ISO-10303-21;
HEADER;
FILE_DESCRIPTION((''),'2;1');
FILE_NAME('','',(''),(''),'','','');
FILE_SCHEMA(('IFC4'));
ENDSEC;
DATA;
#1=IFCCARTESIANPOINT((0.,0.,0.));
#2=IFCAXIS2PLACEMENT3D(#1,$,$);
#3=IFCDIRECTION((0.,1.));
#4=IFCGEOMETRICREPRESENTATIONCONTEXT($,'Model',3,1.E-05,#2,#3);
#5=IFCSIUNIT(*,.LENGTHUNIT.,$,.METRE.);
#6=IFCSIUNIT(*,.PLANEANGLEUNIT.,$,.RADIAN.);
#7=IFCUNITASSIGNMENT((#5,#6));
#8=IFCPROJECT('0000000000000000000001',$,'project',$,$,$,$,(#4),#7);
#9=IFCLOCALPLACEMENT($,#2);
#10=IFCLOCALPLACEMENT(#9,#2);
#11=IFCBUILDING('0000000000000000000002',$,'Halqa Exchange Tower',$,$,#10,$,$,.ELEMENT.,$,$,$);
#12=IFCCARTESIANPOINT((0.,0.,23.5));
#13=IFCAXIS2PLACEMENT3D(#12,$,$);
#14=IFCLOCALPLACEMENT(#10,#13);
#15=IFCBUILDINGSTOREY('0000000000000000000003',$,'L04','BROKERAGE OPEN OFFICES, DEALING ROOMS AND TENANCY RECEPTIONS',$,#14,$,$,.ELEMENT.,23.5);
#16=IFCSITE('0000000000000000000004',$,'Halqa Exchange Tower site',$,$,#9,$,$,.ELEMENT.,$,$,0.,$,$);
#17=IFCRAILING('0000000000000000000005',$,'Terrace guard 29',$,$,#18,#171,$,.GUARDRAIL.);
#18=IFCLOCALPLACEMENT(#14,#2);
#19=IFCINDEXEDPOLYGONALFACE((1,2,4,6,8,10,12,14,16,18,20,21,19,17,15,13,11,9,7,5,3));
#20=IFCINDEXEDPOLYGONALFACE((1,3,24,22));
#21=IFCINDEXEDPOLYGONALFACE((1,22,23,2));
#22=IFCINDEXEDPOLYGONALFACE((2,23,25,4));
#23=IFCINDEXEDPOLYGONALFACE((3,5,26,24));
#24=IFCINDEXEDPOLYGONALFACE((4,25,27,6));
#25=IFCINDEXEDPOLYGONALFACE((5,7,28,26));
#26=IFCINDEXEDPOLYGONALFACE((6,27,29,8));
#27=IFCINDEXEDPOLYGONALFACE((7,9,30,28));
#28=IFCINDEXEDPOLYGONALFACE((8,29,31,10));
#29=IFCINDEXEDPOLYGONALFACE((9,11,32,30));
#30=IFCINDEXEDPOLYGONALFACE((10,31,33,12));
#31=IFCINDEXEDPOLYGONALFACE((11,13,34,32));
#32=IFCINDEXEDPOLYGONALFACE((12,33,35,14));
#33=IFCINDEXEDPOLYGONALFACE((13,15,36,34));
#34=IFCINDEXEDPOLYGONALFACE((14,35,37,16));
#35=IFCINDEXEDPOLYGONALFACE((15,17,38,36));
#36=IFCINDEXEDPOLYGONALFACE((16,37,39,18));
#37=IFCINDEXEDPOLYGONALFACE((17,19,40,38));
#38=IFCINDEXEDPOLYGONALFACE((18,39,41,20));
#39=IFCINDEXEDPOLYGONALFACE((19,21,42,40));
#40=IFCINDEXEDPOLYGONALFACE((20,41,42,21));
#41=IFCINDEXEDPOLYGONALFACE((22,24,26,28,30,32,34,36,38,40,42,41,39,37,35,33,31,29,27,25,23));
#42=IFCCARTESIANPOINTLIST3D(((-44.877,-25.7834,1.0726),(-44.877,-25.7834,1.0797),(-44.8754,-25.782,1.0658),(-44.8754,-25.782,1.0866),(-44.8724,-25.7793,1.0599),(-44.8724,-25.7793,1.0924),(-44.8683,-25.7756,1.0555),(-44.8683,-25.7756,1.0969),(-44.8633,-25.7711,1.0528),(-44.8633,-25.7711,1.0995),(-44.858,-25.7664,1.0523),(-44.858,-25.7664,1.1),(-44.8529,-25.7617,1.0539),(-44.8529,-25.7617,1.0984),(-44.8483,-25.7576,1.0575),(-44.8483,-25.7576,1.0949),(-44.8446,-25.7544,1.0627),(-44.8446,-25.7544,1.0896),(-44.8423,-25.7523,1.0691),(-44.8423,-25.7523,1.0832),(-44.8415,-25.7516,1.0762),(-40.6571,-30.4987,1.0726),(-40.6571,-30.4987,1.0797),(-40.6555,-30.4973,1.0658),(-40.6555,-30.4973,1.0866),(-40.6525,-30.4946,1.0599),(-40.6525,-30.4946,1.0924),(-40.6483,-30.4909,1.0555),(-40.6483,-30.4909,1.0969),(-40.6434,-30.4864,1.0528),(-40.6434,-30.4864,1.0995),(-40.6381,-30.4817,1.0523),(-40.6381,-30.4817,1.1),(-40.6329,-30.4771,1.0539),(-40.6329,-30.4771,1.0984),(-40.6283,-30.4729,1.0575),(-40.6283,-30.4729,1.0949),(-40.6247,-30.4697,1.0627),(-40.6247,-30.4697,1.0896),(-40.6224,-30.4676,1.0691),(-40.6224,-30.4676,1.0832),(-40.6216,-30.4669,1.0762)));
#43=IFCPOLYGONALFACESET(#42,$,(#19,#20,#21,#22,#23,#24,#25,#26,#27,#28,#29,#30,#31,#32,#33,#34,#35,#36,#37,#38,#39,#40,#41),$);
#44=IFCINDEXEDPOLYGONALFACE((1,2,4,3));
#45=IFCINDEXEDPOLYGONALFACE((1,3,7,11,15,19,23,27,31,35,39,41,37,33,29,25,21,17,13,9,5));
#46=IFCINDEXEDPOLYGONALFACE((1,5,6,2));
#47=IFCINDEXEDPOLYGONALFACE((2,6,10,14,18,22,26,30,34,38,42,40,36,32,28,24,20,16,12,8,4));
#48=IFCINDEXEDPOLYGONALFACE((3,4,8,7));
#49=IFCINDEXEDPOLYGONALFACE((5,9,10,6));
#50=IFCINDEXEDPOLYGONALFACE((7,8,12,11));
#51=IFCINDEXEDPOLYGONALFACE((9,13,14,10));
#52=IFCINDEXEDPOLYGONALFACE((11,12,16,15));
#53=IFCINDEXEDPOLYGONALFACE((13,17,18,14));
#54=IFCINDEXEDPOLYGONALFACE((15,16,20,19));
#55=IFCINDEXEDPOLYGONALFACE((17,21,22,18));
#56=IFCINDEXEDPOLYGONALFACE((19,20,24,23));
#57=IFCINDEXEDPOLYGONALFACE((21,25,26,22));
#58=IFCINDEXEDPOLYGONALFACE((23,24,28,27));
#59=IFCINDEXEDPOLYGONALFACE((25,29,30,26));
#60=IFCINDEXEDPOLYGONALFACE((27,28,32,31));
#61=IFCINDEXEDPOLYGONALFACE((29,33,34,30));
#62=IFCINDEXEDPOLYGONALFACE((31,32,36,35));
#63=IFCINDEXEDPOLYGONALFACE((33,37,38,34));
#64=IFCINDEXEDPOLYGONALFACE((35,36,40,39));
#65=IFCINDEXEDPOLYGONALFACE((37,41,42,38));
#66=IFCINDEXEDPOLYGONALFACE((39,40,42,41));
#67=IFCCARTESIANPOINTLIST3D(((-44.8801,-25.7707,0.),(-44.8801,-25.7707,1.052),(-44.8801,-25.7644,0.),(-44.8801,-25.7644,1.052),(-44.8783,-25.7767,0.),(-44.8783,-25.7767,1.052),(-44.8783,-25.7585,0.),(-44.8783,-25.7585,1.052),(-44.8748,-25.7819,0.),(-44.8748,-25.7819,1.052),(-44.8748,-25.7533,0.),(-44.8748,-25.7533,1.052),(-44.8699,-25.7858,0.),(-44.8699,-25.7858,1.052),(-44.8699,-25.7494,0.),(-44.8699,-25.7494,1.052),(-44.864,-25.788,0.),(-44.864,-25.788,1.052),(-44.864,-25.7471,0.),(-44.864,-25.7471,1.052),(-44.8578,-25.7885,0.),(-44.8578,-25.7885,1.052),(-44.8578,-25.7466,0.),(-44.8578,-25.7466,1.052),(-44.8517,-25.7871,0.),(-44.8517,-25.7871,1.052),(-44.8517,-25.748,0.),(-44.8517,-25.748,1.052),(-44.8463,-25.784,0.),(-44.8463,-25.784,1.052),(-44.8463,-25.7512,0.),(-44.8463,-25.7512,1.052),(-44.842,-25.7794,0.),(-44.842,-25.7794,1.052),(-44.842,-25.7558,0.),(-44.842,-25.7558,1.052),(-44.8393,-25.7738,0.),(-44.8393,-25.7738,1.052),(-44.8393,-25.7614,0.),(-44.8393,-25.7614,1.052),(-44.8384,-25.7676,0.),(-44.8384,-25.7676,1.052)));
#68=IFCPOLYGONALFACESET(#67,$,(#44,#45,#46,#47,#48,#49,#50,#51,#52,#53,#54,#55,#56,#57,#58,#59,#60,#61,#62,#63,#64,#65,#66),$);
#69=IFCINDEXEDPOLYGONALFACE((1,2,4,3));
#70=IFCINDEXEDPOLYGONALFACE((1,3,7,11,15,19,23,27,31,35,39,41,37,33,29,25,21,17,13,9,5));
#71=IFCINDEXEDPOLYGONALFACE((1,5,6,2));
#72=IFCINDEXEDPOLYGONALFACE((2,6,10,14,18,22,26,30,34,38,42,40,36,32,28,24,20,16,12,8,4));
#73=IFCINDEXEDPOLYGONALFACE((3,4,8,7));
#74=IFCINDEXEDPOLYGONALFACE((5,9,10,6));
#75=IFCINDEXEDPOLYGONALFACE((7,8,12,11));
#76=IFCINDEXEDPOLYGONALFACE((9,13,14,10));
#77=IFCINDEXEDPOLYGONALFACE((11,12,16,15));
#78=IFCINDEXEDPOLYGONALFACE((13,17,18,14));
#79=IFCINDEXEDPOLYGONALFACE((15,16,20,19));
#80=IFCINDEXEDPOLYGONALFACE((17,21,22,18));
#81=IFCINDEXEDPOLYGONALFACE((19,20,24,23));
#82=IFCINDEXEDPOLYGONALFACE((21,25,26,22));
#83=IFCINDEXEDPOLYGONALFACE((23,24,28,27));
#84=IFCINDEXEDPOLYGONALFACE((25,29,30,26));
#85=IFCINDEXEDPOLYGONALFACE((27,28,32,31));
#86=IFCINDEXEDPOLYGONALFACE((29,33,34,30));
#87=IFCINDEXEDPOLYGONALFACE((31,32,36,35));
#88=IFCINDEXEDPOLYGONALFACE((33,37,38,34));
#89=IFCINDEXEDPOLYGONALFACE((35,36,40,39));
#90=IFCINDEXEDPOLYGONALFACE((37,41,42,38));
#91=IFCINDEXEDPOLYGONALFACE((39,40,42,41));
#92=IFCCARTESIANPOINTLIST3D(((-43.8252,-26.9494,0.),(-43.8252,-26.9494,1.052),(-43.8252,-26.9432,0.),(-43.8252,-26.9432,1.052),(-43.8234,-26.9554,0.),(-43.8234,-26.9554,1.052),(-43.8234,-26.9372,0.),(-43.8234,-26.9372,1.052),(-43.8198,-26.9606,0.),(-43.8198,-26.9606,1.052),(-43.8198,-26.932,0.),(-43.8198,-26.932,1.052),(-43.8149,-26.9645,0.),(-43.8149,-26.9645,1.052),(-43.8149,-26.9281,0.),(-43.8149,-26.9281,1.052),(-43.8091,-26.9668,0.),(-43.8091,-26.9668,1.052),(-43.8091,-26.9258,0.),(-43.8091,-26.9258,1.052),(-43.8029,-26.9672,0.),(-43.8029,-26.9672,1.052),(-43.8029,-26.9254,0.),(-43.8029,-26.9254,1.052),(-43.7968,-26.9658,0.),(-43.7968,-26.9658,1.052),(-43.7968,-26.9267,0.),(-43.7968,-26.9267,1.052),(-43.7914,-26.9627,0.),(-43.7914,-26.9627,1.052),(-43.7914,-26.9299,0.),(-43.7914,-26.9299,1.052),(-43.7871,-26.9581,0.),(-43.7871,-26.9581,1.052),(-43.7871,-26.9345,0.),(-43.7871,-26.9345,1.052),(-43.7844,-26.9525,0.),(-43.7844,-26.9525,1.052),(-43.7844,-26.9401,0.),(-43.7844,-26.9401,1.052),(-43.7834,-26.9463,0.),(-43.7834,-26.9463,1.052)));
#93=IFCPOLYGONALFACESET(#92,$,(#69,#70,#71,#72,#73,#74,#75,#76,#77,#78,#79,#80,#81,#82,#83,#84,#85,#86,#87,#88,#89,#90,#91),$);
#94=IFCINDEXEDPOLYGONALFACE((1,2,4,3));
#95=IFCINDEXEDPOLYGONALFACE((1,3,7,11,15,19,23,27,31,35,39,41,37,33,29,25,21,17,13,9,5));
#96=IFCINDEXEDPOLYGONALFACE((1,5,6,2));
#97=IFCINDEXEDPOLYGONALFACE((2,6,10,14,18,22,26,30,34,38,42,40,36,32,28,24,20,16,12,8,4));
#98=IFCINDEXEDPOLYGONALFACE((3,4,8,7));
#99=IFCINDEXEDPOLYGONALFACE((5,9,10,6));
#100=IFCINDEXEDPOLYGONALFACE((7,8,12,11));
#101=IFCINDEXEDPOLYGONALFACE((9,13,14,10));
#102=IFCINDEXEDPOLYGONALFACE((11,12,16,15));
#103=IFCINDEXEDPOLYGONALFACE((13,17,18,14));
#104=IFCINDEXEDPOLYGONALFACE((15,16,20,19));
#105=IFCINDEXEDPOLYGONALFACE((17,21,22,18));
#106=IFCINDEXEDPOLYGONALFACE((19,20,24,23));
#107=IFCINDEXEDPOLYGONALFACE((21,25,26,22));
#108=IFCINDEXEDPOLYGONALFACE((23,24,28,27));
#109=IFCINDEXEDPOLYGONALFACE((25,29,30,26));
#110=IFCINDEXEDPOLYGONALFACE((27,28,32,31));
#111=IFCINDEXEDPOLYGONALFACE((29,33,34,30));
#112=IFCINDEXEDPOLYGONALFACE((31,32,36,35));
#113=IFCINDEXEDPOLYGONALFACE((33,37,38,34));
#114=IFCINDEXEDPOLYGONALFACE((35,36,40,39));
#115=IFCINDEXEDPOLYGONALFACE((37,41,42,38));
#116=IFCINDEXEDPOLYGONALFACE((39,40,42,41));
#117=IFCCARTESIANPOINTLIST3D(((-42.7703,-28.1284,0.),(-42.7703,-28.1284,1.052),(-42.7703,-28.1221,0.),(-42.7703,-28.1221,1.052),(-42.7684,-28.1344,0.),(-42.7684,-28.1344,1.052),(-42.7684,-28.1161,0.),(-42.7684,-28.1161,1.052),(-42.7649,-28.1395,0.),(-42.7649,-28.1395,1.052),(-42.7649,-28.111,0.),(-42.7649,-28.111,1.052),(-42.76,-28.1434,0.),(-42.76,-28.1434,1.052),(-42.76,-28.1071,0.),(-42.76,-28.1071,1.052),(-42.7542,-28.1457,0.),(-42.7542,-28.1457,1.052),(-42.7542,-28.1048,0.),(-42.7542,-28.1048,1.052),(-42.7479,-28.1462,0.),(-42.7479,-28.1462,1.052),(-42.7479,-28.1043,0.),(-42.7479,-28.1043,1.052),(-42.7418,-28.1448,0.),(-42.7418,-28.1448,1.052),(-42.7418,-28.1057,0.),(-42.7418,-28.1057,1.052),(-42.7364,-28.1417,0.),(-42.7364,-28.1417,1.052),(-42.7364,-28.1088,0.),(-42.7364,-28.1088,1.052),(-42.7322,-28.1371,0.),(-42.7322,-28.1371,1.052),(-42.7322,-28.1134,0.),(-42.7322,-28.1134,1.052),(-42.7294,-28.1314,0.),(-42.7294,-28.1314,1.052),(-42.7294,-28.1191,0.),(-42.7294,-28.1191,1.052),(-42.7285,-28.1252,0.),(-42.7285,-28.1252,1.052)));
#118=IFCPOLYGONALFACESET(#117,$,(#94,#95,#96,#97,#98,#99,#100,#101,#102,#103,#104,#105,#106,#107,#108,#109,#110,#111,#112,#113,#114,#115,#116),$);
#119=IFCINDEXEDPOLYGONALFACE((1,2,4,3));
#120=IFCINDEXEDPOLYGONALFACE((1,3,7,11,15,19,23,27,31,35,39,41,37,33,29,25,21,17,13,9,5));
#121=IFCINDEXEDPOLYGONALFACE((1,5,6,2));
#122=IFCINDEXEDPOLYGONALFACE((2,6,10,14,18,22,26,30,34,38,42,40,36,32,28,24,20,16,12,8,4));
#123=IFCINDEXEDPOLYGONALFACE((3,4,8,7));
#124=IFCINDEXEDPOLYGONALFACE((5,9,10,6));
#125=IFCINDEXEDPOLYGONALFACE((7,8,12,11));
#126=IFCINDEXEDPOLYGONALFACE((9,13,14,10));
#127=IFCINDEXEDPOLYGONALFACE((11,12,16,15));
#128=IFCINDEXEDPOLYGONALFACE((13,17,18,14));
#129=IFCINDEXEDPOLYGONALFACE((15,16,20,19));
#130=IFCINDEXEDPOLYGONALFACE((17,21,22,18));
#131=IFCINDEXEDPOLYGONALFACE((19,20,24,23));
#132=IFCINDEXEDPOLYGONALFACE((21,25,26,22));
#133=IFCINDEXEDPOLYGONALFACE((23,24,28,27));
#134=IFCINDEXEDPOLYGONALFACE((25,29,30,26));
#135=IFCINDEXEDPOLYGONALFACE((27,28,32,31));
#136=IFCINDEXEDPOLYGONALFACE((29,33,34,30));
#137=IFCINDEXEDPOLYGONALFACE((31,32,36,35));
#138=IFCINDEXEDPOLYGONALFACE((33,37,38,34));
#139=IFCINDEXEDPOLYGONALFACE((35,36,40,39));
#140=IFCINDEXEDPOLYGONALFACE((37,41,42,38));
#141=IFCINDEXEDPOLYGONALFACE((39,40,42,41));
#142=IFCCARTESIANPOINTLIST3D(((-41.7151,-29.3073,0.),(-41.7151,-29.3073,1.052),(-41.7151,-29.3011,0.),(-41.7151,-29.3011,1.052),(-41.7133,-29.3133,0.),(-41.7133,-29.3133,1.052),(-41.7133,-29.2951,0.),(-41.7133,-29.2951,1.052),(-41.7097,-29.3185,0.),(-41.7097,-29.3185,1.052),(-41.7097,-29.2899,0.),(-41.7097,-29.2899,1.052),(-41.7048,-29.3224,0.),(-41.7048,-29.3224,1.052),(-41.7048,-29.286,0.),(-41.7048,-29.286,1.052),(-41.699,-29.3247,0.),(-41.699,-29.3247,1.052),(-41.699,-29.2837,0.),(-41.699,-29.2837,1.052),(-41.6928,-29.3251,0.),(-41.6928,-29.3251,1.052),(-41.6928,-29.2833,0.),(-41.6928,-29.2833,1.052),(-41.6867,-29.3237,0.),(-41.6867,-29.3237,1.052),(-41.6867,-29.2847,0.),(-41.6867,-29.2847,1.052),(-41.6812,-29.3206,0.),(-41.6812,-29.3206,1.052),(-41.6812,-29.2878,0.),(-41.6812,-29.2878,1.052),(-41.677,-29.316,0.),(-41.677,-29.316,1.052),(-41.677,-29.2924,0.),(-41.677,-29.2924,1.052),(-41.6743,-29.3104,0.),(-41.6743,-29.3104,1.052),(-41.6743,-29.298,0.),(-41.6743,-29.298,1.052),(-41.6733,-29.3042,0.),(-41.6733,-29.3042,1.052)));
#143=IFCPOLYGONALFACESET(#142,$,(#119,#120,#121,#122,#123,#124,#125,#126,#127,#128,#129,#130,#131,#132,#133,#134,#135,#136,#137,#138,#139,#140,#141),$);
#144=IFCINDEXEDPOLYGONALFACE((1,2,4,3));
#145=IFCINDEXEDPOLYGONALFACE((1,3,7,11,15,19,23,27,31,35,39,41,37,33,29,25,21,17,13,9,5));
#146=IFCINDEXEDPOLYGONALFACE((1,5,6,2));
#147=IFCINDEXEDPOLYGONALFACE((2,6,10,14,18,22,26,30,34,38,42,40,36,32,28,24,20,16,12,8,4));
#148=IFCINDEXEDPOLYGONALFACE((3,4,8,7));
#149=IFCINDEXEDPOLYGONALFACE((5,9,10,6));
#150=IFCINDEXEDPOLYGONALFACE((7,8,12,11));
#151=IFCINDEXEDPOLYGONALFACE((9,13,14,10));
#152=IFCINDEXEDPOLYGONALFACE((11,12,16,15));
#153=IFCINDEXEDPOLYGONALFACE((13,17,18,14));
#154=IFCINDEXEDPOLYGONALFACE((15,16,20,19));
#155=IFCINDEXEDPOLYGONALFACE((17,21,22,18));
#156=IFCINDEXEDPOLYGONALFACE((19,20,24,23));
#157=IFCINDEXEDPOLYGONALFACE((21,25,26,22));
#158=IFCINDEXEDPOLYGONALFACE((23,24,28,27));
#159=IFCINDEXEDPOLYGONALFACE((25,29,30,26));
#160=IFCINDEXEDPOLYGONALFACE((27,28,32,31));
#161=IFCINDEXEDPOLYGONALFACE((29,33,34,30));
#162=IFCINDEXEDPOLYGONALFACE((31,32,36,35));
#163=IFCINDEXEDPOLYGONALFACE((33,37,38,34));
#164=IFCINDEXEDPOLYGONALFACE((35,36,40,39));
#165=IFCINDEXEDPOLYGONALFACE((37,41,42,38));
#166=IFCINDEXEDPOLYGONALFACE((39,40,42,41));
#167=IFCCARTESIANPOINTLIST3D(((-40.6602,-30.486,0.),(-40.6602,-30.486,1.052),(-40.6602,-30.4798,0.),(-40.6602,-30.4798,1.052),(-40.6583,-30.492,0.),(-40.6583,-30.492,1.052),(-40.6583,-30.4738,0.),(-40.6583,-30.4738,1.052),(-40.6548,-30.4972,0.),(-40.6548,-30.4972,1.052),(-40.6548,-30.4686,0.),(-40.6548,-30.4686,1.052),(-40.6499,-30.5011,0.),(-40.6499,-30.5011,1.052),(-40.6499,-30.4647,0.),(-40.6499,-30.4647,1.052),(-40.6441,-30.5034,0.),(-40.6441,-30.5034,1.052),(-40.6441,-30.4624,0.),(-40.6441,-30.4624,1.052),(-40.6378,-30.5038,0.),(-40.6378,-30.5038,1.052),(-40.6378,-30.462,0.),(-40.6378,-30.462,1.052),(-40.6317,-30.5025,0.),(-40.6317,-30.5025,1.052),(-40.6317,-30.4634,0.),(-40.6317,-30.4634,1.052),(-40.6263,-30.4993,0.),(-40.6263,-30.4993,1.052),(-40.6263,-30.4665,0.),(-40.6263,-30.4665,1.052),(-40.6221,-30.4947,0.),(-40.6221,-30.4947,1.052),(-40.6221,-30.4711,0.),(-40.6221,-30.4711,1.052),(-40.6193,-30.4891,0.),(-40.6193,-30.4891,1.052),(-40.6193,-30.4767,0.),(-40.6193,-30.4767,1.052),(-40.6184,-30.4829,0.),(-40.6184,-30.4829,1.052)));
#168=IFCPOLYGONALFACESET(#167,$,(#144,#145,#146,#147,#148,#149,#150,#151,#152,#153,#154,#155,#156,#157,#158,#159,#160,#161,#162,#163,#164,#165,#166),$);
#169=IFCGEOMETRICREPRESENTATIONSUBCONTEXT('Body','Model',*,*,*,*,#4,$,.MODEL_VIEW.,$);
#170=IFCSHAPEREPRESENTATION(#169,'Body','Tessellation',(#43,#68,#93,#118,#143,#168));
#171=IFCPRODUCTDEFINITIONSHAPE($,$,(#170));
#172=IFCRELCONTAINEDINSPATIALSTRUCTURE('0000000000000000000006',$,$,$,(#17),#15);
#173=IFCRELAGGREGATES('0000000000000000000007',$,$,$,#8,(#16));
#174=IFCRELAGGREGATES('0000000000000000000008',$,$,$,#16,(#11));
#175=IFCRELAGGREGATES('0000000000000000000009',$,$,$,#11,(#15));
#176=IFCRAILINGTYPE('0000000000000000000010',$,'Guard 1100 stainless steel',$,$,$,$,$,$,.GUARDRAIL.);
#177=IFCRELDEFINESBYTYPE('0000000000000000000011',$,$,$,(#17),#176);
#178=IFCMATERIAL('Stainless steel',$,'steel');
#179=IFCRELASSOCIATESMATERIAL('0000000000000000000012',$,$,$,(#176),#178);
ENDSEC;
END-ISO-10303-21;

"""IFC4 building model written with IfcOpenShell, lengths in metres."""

from ifc_helpers import new_model, si_unit, direction, frame, origin, origin_2d, place, context, subcontext, project, spatial, circle, extrude, material, type_object, element, save


model = new_model("IFC4")

# Units and contexts
model_context = context("Model", 3, precision=1e-05, world=origin(), true_north=direction((0.0, 1.0)))
body_context = subcontext(model_context, "Body", "Model", "MODEL_VIEW")
ifc_project = project(units=[si_unit("LENGTHUNIT", "METRE"), si_unit("PLANEANGLEUNIT", "RADIAN")], contexts=[model_context])

# Site, building, storey
site_placement = place(None, origin())
site = spatial("IfcSite", under=ifc_project, at=site_placement, Name="Halqa Exchange Tower site", CompositionType="ELEMENT", RefElevation=0.0)
building_placement = place(site_placement, origin())
building = spatial("IfcBuilding", under=site, at=building_placement, Name="Halqa Exchange Tower", CompositionType="ELEMENT")
storey_placement = place(building_placement, frame((0.0, 0.0, 23.5)))
storey = spatial("IfcBuildingStorey", under=building, at=storey_placement, Name="L04", Description="BROKERAGE OPEN OFFICES, DEALING ROOMS AND TENANCY RECEPTIONS", CompositionType="ELEMENT", Elevation=23.5)

# Railing
ifc_material_1 = material(Name="Stainless steel", Category="steel")
railing_type = type_object("IfcRailingType", Name="Guard 1100 stainless steel", PredefinedType="GUARDRAIL", material=ifc_material_1)
railing_1_placement = place(storey_placement, frame((-44.8594, -25.7676, 0.0)))
element("IfcRailing", 1, at=railing_1_placement, inside=storey, type_object=railing_type, Name="Terrace guard 29", PredefinedType="GUARDRAIL", context=body_context, shape_type="SweptSolid", body=[
    extrude(circle(Radius=0.0239, at=origin_2d()), frame((0.0, 0.0, 1.0762), z_axis=(0.666882, -0.745164, 0.0), x_axis=(0.745164, 0.666882, 0.0)), (0.0, 0.0, 1.0), 6.3279),
    extrude(circle(Radius=0.021, at=origin_2d()), origin(), (0.0, 0.0, 1.0), 1.052),
    extrude(circle(Radius=0.021, at=origin_2d()), frame((1.0549, -1.1787, 0.0)), (0.0, 0.0, 1.0), 1.052),
    extrude(circle(Radius=0.021, at=origin_2d()), frame((2.1099, -2.3577, 0.0)), (0.0, 0.0, 1.0), 1.052),
    extrude(circle(Radius=0.021, at=origin_2d()), frame((3.165, -3.5366, 0.0)), (0.0, 0.0, 1.0), 1.052),
    extrude(circle(Radius=0.021, at=origin_2d()), frame((4.22, -4.7153, 0.0)), (0.0, 0.0, 1.0), 1.052),
])

save(model, "model.ifc")
